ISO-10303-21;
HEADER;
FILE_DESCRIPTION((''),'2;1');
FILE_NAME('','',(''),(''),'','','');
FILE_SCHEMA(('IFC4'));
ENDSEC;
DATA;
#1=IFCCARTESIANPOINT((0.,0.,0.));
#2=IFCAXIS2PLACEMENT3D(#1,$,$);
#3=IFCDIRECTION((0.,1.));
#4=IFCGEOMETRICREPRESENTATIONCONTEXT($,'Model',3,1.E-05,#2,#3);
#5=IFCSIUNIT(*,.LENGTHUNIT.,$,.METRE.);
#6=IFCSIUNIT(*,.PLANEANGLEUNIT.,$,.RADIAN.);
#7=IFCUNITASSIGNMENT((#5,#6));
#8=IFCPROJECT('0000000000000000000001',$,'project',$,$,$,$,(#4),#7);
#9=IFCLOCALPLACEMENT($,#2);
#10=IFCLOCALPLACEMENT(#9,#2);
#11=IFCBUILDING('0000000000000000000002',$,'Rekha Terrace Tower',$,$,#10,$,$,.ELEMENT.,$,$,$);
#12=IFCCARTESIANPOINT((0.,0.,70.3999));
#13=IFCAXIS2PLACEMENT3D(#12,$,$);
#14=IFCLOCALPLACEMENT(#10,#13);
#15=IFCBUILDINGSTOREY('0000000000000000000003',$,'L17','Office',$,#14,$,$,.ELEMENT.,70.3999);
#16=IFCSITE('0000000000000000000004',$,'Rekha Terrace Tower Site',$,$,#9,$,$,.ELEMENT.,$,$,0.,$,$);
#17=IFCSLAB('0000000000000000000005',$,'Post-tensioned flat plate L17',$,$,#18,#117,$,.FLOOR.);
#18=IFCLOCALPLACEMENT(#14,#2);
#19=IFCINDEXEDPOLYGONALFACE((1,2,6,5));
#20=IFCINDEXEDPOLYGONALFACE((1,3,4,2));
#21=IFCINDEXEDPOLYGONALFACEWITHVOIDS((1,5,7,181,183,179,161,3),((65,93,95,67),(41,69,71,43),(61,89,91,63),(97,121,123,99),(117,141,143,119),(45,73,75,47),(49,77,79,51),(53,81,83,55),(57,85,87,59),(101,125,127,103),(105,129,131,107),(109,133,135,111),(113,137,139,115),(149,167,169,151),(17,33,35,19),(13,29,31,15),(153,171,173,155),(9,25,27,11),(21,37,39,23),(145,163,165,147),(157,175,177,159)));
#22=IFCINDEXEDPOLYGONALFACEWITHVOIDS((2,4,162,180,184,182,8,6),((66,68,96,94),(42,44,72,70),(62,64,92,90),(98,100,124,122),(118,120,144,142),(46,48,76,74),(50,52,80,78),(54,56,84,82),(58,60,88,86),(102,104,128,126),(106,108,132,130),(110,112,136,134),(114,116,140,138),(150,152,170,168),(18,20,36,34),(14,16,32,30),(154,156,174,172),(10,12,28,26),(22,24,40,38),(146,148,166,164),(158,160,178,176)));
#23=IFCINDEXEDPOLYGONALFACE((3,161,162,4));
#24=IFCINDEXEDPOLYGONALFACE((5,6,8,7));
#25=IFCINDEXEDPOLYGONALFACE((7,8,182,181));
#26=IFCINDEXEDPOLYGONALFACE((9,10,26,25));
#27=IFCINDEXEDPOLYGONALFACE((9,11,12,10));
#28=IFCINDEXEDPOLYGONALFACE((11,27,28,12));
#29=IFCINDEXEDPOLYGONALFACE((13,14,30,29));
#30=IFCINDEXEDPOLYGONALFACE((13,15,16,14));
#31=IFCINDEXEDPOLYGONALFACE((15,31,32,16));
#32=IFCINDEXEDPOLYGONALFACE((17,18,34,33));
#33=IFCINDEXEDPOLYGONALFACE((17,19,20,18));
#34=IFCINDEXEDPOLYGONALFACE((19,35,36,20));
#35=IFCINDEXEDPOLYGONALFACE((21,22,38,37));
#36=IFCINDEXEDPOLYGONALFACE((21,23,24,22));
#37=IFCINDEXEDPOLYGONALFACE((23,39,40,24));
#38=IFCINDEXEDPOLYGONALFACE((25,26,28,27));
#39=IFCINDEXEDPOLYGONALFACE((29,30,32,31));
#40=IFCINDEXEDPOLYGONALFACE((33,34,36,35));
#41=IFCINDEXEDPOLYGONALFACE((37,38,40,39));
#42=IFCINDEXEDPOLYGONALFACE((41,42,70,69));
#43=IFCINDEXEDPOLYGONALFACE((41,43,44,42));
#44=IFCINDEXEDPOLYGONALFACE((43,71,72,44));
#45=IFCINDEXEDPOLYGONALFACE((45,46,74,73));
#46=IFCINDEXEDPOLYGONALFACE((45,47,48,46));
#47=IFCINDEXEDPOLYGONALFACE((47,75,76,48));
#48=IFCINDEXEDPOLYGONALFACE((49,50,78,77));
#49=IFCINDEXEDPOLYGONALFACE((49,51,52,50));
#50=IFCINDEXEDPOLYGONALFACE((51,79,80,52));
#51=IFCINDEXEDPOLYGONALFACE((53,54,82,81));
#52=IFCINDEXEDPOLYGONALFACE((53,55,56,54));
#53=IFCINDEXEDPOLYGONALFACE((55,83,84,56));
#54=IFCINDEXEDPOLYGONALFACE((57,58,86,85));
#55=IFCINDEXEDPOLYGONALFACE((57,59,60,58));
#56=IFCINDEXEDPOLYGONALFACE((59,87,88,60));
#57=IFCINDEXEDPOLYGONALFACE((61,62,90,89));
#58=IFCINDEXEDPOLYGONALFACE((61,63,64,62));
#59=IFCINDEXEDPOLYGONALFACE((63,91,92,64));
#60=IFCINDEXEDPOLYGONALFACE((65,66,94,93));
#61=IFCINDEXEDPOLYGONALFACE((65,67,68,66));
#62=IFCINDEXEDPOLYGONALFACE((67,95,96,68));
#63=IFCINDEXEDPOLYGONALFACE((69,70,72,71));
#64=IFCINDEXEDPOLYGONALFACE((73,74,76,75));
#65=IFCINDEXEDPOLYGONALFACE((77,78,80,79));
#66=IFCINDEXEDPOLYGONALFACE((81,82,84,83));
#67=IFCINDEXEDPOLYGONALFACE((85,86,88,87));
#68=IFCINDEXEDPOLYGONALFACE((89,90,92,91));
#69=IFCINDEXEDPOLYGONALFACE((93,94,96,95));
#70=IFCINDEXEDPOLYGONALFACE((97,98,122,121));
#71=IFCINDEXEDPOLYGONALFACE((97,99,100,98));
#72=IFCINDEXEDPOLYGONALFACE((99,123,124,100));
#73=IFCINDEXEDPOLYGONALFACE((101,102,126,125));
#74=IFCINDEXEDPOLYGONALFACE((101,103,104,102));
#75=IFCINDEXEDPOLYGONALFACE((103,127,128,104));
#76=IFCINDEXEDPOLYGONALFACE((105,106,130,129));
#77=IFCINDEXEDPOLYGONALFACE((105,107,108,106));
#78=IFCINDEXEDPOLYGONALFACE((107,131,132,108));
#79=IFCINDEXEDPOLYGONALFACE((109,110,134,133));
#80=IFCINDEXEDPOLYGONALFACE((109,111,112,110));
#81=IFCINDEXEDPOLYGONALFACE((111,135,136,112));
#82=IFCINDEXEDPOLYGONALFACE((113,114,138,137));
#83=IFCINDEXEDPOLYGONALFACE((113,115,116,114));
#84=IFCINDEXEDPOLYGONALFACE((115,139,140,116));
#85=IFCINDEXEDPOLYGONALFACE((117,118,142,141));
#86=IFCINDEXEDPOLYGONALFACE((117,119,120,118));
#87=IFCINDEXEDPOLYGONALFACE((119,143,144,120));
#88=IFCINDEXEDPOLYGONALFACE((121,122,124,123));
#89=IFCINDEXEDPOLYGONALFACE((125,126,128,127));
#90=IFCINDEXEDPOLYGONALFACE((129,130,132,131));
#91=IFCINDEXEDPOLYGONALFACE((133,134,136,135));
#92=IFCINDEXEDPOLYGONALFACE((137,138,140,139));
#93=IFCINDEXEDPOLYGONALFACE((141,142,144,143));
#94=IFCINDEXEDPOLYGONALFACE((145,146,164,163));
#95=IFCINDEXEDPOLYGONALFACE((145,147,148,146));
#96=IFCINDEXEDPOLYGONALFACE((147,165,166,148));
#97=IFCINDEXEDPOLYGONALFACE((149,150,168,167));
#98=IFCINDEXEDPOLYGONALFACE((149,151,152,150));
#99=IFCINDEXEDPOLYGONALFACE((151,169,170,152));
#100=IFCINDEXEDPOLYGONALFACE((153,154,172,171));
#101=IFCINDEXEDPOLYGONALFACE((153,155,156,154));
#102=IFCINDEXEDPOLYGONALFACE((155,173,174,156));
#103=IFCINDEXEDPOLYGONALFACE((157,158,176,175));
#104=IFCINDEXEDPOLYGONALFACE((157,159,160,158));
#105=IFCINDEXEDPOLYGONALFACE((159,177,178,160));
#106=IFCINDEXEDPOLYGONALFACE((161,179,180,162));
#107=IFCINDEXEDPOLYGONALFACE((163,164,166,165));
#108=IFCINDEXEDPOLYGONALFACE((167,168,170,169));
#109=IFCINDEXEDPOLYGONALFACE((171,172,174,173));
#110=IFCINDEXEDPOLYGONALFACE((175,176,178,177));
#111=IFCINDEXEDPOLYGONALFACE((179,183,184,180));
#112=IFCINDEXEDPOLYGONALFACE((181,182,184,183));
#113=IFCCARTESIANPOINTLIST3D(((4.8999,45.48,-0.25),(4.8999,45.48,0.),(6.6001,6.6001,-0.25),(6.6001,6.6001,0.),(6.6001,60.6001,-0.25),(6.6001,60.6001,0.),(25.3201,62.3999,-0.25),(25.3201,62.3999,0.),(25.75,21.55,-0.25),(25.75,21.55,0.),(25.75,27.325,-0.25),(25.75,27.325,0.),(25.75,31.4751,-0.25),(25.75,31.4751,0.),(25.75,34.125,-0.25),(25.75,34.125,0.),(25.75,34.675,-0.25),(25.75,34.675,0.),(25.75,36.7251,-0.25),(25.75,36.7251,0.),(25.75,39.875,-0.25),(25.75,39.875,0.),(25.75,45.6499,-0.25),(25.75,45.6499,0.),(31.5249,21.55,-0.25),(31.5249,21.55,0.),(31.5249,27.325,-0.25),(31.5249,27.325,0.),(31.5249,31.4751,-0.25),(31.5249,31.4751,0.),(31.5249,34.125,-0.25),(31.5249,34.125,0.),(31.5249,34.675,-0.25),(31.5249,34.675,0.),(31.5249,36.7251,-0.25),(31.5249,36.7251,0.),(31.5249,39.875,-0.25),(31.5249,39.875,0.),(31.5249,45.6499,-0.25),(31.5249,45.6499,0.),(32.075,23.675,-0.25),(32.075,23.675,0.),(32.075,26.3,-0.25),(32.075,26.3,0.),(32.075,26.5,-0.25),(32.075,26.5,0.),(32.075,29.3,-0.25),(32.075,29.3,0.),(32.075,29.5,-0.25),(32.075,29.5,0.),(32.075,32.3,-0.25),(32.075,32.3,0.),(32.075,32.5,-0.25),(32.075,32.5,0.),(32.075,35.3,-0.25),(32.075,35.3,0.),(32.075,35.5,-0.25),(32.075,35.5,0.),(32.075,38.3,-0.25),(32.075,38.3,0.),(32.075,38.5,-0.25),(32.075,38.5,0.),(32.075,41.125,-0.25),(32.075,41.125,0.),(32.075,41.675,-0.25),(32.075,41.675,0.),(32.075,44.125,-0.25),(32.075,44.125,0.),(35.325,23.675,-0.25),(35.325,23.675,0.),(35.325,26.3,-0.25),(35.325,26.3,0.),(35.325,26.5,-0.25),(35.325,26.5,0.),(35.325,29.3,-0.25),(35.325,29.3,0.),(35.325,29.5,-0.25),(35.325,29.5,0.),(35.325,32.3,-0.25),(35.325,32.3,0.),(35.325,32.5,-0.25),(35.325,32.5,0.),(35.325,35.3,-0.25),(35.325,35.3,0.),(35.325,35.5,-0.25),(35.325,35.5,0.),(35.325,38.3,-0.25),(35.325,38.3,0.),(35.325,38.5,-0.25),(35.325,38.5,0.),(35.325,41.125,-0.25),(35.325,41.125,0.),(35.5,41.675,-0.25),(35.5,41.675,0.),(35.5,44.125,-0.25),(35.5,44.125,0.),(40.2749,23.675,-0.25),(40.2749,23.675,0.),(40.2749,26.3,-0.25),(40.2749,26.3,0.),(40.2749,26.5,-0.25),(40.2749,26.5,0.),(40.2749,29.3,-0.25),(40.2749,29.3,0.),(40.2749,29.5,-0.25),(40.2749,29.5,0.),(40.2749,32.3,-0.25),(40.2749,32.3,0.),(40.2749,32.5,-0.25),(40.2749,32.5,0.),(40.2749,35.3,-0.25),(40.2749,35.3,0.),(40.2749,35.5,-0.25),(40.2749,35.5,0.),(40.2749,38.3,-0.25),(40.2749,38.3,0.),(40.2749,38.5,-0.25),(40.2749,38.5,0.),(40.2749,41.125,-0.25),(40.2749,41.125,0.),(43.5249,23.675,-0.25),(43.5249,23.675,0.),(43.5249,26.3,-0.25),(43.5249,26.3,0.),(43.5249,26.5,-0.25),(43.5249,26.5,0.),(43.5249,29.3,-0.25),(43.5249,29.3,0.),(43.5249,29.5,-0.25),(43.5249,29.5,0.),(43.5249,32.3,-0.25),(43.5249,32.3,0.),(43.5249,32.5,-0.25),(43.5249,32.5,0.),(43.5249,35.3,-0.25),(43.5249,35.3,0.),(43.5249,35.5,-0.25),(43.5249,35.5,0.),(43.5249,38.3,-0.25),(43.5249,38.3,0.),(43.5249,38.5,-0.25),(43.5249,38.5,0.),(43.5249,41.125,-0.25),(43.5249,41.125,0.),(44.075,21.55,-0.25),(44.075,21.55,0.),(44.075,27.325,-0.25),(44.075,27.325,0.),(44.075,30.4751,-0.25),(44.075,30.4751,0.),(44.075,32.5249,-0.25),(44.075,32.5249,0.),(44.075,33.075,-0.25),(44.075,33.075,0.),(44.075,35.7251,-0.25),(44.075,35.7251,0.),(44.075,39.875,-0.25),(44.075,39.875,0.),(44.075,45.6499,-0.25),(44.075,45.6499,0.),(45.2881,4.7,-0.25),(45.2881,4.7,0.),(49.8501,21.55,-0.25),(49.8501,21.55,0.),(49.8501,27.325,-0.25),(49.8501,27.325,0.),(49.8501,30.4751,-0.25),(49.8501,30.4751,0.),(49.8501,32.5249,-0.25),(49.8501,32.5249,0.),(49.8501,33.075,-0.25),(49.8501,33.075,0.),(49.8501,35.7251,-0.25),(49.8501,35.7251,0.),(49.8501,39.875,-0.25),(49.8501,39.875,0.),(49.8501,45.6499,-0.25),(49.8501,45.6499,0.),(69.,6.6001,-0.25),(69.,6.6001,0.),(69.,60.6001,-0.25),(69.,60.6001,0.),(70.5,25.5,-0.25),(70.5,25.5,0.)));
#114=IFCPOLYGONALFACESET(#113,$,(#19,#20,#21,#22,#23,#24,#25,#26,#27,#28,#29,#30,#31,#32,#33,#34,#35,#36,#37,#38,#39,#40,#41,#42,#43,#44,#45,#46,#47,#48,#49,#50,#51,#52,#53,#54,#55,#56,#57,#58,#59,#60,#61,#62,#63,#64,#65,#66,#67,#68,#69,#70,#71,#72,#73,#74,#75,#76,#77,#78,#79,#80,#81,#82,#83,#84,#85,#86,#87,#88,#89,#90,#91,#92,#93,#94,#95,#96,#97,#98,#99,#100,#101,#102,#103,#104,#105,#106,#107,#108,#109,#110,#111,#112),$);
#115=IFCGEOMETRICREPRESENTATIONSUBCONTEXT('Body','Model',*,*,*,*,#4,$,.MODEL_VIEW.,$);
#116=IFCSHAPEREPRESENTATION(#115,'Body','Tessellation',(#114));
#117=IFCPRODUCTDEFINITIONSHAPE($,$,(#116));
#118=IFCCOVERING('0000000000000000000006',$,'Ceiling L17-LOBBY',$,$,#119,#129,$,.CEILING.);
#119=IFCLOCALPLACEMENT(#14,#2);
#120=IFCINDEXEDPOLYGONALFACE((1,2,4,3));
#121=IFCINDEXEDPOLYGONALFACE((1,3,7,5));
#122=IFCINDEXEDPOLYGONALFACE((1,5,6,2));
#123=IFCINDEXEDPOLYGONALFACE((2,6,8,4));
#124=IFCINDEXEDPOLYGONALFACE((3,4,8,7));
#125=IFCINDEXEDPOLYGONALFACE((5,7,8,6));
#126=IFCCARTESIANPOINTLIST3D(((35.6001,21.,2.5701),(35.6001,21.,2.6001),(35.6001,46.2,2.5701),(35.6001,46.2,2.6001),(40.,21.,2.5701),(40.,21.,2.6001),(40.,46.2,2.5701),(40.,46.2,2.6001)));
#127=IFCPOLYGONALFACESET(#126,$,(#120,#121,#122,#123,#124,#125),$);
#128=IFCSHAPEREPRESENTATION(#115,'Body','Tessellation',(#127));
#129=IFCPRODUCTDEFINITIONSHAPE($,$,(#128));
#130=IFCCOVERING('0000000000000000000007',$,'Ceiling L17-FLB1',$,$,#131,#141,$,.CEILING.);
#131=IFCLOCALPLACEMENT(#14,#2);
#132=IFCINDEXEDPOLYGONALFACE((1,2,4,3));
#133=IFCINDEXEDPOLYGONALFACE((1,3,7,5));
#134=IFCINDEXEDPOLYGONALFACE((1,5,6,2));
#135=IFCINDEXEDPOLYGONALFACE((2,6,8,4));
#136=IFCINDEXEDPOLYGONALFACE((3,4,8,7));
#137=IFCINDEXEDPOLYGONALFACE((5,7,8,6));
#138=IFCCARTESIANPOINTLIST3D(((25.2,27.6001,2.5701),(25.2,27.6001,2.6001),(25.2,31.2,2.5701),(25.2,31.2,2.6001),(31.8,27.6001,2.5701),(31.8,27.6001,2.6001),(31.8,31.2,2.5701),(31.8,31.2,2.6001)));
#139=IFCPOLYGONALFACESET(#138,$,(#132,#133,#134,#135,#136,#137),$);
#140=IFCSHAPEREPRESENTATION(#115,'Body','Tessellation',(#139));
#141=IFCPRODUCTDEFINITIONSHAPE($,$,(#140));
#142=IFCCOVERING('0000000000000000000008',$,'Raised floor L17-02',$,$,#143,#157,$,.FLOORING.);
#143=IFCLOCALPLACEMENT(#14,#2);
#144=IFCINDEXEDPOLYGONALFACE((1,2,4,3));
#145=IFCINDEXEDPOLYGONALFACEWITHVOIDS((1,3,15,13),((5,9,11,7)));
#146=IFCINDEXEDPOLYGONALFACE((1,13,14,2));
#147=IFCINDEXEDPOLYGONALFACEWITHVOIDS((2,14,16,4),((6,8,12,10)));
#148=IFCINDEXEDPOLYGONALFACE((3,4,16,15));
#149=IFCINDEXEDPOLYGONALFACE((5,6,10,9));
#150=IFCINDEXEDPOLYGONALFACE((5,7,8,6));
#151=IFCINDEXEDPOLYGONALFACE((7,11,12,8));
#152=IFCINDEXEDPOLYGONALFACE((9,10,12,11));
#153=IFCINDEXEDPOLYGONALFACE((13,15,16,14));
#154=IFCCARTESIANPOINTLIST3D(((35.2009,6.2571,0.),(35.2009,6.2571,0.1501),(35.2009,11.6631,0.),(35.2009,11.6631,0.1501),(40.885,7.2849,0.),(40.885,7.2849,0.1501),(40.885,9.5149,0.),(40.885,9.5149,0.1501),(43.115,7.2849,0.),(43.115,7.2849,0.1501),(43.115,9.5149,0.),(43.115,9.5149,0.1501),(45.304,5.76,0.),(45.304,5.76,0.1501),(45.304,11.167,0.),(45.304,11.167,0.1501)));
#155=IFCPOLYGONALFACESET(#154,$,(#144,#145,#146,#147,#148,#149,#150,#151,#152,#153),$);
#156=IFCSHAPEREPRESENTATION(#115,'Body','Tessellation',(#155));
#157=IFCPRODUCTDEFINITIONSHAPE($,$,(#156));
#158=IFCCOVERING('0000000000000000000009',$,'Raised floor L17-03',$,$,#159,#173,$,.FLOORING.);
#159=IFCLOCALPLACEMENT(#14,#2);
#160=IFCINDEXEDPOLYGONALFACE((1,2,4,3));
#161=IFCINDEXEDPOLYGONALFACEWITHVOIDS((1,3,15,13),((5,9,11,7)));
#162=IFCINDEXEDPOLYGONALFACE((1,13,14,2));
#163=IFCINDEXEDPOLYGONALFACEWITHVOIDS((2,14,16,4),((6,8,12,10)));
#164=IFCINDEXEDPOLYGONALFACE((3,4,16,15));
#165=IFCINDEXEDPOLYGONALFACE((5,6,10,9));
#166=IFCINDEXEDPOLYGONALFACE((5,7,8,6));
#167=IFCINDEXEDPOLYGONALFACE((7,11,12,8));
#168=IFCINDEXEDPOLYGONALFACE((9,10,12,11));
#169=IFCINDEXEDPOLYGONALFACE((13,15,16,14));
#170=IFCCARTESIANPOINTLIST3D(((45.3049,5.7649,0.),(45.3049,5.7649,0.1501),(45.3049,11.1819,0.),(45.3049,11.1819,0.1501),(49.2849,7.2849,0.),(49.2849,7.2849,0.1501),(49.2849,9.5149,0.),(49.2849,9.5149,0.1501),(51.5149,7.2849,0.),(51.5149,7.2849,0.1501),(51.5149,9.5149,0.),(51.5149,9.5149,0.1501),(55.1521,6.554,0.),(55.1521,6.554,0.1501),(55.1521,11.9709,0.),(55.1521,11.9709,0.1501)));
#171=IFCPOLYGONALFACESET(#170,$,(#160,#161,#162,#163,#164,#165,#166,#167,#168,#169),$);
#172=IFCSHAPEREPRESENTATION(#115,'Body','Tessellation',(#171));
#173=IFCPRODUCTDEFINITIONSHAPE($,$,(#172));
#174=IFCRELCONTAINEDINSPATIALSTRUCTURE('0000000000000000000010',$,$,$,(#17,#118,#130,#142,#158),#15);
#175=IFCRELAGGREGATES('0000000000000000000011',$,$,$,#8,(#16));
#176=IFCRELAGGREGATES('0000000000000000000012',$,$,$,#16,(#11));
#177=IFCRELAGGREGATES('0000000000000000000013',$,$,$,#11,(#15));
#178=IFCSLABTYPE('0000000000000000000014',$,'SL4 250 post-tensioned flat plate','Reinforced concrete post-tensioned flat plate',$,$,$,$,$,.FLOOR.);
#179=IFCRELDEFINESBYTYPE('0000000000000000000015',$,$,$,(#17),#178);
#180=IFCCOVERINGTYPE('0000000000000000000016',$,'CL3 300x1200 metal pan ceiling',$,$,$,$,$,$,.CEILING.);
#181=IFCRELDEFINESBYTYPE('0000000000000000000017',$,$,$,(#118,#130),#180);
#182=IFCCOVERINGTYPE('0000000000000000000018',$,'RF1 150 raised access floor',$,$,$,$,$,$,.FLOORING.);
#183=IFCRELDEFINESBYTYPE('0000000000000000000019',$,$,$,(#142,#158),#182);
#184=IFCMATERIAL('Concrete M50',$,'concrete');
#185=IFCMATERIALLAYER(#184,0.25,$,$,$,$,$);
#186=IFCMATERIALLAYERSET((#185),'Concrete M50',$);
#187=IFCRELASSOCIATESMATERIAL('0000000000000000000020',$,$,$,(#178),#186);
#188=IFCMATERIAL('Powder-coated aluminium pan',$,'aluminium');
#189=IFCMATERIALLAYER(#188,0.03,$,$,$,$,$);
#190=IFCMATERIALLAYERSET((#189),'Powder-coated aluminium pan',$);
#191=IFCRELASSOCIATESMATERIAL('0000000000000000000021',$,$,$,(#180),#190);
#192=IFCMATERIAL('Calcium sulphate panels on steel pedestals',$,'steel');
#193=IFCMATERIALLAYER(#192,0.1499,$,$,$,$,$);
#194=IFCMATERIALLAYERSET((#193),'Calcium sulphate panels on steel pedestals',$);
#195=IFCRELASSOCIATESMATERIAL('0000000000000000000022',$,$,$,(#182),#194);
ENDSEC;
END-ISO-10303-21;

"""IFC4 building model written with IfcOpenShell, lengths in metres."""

from ifc_helpers import new_model, si_unit, direction, frame, origin, place, context, subcontext, project, spatial, polyline, outline, extrude, material, layer, layer_set, type_object, element, save


model = new_model("IFC4")

# Units and contexts
model_context = context("Model", 3, precision=1e-05, world=origin(), true_north=direction((0.0, 1.0)))
body_context = subcontext(model_context, "Body", "Model", "MODEL_VIEW")
ifc_project = project(units=[si_unit("LENGTHUNIT", "METRE"), si_unit("PLANEANGLEUNIT", "RADIAN")], contexts=[model_context])

# Site, building, storey
site_placement = place(None, origin())
site = spatial("IfcSite", under=ifc_project, at=site_placement, Name="Rekha Terrace Tower Site", CompositionType="ELEMENT", RefElevation=0.0)
building_placement = place(site_placement, origin())
building = spatial("IfcBuilding", under=site, at=building_placement, Name="Rekha Terrace Tower", CompositionType="ELEMENT")
storey_placement = place(building_placement, frame((0.0, 0.0, 70.3999)))
storey = spatial("IfcBuildingStorey", under=building, at=storey_placement, Name="L17", Description="Office", CompositionType="ELEMENT", Elevation=70.3999)

# Slab
ifc_material_1 = material(Name="Concrete M50", Category="concrete")
ifc_layer_1 = layer(ifc_material_1, 0.25)
ifc_layer_set_1 = layer_set([ifc_layer_1], Name="Concrete M50")
slab_type_1 = type_object("IfcSlabType", Name="SL4 250 post-tensioned flat plate", Description="Reinforced concrete post-tensioned flat plate", PredefinedType="FLOOR", material=ifc_layer_set_1)
slab_1_placement = place(storey_placement, frame((0.0, 0.0, -0.25)))
element("IfcSlab", 1, at=slab_1_placement, inside=storey, type_object=slab_type_1, Name="Post-tensioned flat plate L17", PredefinedType="FLOOR", context=body_context, shape_type="SweptSolid", body=[
    extrude(outline(polyline([(4.8999, 45.48), (6.6001, 6.6001), (45.2881, 4.7), (69.0, 6.6001), (70.5, 25.5), (69.0, 60.6001), (25.3201, 62.3999), (6.6001, 60.6001), (4.8999, 45.48)]), holes=[polyline([(31.5249, 27.325), (31.5249, 21.55), (25.75, 21.55), (25.75, 27.325), (31.5249, 27.325)]), polyline([(35.325, 26.3), (35.325, 23.675), (32.075, 23.675), (32.075, 26.3), (35.325, 26.3)]), polyline([(35.325, 29.3), (35.325, 26.5), (32.075, 26.5), (32.075, 29.3), (35.325, 29.3)]), polyline([(35.325, 29.5), (32.075, 29.5), (32.075, 32.3), (35.325, 32.3), (35.325, 29.5)]), polyline([(31.5249, 31.4751), (25.75, 31.4751), (25.75, 34.125), (31.5249, 34.125), (31.5249, 31.4751)]), polyline([(35.325, 35.3), (35.325, 32.5), (32.075, 32.5), (32.075, 35.3), (35.325, 35.3)]), polyline([(31.5249, 36.7251), (31.5249, 34.675), (25.75, 34.675), (25.75, 36.7251), (31.5249, 36.7251)]), polyline([(35.325, 38.3), (35.325, 35.5), (32.075, 35.5), (32.075, 38.3), (35.325, 38.3)]), polyline([(35.325, 38.5), (32.075, 38.5), (32.075, 41.125), (35.325, 41.125), (35.325, 38.5)]), polyline([(31.5249, 39.875), (25.75, 39.875), (25.75, 45.6499), (31.5249, 45.6499), (31.5249, 39.875)]), polyline([(35.5, 44.125), (35.5, 41.675), (32.075, 41.675), (32.075, 44.125), (35.5, 44.125)]), polyline([(49.8501, 27.325), (49.8501, 21.55), (44.075, 21.55), (44.075, 27.325), (49.8501, 27.325)]), polyline([(43.5249, 26.3), (43.5249, 23.675), (40.2749, 23.675), (40.2749, 26.3), (43.5249, 26.3)]), polyline([(43.5249, 26.5), (40.2749, 26.5), (40.2749, 29.3), (43.5249, 29.3), (43.5249, 26.5)]), polyline([(43.5249, 29.5), (40.2749, 29.5), (40.2749, 32.3), (43.5249, 32.3), (43.5249, 29.5)]), polyline([(49.8501, 32.5249), (49.8501, 30.4751), (44.075, 30.4751), (44.075, 32.5249), (49.8501, 32.5249)]), polyline([(43.5249, 32.5), (40.2749, 32.5), (40.2749, 35.3), (43.5249, 35.3), (43.5249, 32.5)]), polyline([(49.8501, 33.075), (44.075, 33.075), (44.075, 35.7251), (49.8501, 35.7251), (49.8501, 33.075)]), polyline([(43.5249, 38.3), (43.5249, 35.5), (40.2749, 35.5), (40.2749, 38.3), (43.5249, 38.3)]), polyline([(43.5249, 38.5), (40.2749, 38.5), (40.2749, 41.125), (43.5249, 41.125), (43.5249, 38.5)]), polyline([(49.8501, 39.875), (44.075, 39.875), (44.075, 45.6499), (49.8501, 45.6499), (49.8501, 39.875)])]), origin(), (0.0, 0.0, 1.0), 0.25),
])

# Coverings
ifc_material_2 = material(Name="Powder-coated aluminium pan", Category="aluminium")
ifc_layer_2 = layer(ifc_material_2, 0.03)
ifc_layer_set_2 = layer_set([ifc_layer_2], Name="Powder-coated aluminium pan")
covering_type_1 = type_object("IfcCoveringType", Name="CL3 300x1200 metal pan ceiling", PredefinedType="CEILING", material=ifc_layer_set_2)
covering_1_placement = place(storey_placement, frame((0.0, 0.0, 2.5701)))
element("IfcCovering", 2, at=covering_1_placement, inside=storey, type_object=covering_type_1, Name="Ceiling L17-LOBBY", PredefinedType="CEILING", context=body_context, shape_type="SweptSolid", body=[
    extrude(outline(polyline([(40.0, 46.2), (35.6001, 46.2), (35.6001, 21.0), (40.0, 21.0), (40.0, 46.2)])), origin(), (0.0, 0.0, 1.0), 0.03),
])
covering_2_placement = place(storey_placement, frame((0.0, 0.0, 2.5701)))
element("IfcCovering", 3, at=covering_2_placement, inside=storey, type_object=covering_type_1, Name="Ceiling L17-FLB1", PredefinedType="CEILING", context=body_context, shape_type="SweptSolid", body=[
    extrude(outline(polyline([(31.8, 31.2), (25.2, 31.2), (25.2, 27.6001), (31.8, 27.6001), (31.8, 31.2)])), origin(), (0.0, 0.0, 1.0), 0.03),
])
ifc_material_3 = material(Name="Calcium sulphate panels on steel pedestals", Category="steel")
ifc_layer_3 = layer(ifc_material_3, 0.1499)
ifc_layer_set_3 = layer_set([ifc_layer_3], Name="Calcium sulphate panels on steel pedestals")
covering_type_2 = type_object("IfcCoveringType", Name="RF1 150 raised access floor", PredefinedType="FLOORING", material=ifc_layer_set_3)
covering_3_placement = place(storey_placement, origin())
element("IfcCovering", 4, at=covering_3_placement, inside=storey, type_object=covering_type_2, Name="Raised floor L17-02", PredefinedType="FLOORING", context=body_context, shape_type="SweptSolid", body=[
    extrude(outline(polyline([(45.304, 5.76), (45.304, 11.167), (35.2009, 11.6631), (35.2009, 6.2571), (45.304, 5.76)]), holes=[polyline([(43.115, 7.2849), (40.885, 7.2849), (40.885, 9.5149), (43.115, 9.5149), (43.115, 7.2849)])]), origin(), (0.0, 0.0, 1.0), 0.1501),
])
covering_4_placement = place(storey_placement, origin())
element("IfcCovering", 5, at=covering_4_placement, inside=storey, type_object=covering_type_2, Name="Raised floor L17-03", PredefinedType="FLOORING", context=body_context, shape_type="SweptSolid", body=[
    extrude(outline(polyline([(45.3049, 11.1819), (45.3049, 5.7649), (55.1521, 6.554), (55.1521, 11.9709), (45.3049, 11.1819)]), holes=[polyline([(51.5149, 7.2849), (49.2849, 7.2849), (49.2849, 9.5149), (51.5149, 9.5149), (51.5149, 7.2849)])]), origin(), (0.0, 0.0, 1.0), 0.1501),
])

save(model, "model.ifc")
